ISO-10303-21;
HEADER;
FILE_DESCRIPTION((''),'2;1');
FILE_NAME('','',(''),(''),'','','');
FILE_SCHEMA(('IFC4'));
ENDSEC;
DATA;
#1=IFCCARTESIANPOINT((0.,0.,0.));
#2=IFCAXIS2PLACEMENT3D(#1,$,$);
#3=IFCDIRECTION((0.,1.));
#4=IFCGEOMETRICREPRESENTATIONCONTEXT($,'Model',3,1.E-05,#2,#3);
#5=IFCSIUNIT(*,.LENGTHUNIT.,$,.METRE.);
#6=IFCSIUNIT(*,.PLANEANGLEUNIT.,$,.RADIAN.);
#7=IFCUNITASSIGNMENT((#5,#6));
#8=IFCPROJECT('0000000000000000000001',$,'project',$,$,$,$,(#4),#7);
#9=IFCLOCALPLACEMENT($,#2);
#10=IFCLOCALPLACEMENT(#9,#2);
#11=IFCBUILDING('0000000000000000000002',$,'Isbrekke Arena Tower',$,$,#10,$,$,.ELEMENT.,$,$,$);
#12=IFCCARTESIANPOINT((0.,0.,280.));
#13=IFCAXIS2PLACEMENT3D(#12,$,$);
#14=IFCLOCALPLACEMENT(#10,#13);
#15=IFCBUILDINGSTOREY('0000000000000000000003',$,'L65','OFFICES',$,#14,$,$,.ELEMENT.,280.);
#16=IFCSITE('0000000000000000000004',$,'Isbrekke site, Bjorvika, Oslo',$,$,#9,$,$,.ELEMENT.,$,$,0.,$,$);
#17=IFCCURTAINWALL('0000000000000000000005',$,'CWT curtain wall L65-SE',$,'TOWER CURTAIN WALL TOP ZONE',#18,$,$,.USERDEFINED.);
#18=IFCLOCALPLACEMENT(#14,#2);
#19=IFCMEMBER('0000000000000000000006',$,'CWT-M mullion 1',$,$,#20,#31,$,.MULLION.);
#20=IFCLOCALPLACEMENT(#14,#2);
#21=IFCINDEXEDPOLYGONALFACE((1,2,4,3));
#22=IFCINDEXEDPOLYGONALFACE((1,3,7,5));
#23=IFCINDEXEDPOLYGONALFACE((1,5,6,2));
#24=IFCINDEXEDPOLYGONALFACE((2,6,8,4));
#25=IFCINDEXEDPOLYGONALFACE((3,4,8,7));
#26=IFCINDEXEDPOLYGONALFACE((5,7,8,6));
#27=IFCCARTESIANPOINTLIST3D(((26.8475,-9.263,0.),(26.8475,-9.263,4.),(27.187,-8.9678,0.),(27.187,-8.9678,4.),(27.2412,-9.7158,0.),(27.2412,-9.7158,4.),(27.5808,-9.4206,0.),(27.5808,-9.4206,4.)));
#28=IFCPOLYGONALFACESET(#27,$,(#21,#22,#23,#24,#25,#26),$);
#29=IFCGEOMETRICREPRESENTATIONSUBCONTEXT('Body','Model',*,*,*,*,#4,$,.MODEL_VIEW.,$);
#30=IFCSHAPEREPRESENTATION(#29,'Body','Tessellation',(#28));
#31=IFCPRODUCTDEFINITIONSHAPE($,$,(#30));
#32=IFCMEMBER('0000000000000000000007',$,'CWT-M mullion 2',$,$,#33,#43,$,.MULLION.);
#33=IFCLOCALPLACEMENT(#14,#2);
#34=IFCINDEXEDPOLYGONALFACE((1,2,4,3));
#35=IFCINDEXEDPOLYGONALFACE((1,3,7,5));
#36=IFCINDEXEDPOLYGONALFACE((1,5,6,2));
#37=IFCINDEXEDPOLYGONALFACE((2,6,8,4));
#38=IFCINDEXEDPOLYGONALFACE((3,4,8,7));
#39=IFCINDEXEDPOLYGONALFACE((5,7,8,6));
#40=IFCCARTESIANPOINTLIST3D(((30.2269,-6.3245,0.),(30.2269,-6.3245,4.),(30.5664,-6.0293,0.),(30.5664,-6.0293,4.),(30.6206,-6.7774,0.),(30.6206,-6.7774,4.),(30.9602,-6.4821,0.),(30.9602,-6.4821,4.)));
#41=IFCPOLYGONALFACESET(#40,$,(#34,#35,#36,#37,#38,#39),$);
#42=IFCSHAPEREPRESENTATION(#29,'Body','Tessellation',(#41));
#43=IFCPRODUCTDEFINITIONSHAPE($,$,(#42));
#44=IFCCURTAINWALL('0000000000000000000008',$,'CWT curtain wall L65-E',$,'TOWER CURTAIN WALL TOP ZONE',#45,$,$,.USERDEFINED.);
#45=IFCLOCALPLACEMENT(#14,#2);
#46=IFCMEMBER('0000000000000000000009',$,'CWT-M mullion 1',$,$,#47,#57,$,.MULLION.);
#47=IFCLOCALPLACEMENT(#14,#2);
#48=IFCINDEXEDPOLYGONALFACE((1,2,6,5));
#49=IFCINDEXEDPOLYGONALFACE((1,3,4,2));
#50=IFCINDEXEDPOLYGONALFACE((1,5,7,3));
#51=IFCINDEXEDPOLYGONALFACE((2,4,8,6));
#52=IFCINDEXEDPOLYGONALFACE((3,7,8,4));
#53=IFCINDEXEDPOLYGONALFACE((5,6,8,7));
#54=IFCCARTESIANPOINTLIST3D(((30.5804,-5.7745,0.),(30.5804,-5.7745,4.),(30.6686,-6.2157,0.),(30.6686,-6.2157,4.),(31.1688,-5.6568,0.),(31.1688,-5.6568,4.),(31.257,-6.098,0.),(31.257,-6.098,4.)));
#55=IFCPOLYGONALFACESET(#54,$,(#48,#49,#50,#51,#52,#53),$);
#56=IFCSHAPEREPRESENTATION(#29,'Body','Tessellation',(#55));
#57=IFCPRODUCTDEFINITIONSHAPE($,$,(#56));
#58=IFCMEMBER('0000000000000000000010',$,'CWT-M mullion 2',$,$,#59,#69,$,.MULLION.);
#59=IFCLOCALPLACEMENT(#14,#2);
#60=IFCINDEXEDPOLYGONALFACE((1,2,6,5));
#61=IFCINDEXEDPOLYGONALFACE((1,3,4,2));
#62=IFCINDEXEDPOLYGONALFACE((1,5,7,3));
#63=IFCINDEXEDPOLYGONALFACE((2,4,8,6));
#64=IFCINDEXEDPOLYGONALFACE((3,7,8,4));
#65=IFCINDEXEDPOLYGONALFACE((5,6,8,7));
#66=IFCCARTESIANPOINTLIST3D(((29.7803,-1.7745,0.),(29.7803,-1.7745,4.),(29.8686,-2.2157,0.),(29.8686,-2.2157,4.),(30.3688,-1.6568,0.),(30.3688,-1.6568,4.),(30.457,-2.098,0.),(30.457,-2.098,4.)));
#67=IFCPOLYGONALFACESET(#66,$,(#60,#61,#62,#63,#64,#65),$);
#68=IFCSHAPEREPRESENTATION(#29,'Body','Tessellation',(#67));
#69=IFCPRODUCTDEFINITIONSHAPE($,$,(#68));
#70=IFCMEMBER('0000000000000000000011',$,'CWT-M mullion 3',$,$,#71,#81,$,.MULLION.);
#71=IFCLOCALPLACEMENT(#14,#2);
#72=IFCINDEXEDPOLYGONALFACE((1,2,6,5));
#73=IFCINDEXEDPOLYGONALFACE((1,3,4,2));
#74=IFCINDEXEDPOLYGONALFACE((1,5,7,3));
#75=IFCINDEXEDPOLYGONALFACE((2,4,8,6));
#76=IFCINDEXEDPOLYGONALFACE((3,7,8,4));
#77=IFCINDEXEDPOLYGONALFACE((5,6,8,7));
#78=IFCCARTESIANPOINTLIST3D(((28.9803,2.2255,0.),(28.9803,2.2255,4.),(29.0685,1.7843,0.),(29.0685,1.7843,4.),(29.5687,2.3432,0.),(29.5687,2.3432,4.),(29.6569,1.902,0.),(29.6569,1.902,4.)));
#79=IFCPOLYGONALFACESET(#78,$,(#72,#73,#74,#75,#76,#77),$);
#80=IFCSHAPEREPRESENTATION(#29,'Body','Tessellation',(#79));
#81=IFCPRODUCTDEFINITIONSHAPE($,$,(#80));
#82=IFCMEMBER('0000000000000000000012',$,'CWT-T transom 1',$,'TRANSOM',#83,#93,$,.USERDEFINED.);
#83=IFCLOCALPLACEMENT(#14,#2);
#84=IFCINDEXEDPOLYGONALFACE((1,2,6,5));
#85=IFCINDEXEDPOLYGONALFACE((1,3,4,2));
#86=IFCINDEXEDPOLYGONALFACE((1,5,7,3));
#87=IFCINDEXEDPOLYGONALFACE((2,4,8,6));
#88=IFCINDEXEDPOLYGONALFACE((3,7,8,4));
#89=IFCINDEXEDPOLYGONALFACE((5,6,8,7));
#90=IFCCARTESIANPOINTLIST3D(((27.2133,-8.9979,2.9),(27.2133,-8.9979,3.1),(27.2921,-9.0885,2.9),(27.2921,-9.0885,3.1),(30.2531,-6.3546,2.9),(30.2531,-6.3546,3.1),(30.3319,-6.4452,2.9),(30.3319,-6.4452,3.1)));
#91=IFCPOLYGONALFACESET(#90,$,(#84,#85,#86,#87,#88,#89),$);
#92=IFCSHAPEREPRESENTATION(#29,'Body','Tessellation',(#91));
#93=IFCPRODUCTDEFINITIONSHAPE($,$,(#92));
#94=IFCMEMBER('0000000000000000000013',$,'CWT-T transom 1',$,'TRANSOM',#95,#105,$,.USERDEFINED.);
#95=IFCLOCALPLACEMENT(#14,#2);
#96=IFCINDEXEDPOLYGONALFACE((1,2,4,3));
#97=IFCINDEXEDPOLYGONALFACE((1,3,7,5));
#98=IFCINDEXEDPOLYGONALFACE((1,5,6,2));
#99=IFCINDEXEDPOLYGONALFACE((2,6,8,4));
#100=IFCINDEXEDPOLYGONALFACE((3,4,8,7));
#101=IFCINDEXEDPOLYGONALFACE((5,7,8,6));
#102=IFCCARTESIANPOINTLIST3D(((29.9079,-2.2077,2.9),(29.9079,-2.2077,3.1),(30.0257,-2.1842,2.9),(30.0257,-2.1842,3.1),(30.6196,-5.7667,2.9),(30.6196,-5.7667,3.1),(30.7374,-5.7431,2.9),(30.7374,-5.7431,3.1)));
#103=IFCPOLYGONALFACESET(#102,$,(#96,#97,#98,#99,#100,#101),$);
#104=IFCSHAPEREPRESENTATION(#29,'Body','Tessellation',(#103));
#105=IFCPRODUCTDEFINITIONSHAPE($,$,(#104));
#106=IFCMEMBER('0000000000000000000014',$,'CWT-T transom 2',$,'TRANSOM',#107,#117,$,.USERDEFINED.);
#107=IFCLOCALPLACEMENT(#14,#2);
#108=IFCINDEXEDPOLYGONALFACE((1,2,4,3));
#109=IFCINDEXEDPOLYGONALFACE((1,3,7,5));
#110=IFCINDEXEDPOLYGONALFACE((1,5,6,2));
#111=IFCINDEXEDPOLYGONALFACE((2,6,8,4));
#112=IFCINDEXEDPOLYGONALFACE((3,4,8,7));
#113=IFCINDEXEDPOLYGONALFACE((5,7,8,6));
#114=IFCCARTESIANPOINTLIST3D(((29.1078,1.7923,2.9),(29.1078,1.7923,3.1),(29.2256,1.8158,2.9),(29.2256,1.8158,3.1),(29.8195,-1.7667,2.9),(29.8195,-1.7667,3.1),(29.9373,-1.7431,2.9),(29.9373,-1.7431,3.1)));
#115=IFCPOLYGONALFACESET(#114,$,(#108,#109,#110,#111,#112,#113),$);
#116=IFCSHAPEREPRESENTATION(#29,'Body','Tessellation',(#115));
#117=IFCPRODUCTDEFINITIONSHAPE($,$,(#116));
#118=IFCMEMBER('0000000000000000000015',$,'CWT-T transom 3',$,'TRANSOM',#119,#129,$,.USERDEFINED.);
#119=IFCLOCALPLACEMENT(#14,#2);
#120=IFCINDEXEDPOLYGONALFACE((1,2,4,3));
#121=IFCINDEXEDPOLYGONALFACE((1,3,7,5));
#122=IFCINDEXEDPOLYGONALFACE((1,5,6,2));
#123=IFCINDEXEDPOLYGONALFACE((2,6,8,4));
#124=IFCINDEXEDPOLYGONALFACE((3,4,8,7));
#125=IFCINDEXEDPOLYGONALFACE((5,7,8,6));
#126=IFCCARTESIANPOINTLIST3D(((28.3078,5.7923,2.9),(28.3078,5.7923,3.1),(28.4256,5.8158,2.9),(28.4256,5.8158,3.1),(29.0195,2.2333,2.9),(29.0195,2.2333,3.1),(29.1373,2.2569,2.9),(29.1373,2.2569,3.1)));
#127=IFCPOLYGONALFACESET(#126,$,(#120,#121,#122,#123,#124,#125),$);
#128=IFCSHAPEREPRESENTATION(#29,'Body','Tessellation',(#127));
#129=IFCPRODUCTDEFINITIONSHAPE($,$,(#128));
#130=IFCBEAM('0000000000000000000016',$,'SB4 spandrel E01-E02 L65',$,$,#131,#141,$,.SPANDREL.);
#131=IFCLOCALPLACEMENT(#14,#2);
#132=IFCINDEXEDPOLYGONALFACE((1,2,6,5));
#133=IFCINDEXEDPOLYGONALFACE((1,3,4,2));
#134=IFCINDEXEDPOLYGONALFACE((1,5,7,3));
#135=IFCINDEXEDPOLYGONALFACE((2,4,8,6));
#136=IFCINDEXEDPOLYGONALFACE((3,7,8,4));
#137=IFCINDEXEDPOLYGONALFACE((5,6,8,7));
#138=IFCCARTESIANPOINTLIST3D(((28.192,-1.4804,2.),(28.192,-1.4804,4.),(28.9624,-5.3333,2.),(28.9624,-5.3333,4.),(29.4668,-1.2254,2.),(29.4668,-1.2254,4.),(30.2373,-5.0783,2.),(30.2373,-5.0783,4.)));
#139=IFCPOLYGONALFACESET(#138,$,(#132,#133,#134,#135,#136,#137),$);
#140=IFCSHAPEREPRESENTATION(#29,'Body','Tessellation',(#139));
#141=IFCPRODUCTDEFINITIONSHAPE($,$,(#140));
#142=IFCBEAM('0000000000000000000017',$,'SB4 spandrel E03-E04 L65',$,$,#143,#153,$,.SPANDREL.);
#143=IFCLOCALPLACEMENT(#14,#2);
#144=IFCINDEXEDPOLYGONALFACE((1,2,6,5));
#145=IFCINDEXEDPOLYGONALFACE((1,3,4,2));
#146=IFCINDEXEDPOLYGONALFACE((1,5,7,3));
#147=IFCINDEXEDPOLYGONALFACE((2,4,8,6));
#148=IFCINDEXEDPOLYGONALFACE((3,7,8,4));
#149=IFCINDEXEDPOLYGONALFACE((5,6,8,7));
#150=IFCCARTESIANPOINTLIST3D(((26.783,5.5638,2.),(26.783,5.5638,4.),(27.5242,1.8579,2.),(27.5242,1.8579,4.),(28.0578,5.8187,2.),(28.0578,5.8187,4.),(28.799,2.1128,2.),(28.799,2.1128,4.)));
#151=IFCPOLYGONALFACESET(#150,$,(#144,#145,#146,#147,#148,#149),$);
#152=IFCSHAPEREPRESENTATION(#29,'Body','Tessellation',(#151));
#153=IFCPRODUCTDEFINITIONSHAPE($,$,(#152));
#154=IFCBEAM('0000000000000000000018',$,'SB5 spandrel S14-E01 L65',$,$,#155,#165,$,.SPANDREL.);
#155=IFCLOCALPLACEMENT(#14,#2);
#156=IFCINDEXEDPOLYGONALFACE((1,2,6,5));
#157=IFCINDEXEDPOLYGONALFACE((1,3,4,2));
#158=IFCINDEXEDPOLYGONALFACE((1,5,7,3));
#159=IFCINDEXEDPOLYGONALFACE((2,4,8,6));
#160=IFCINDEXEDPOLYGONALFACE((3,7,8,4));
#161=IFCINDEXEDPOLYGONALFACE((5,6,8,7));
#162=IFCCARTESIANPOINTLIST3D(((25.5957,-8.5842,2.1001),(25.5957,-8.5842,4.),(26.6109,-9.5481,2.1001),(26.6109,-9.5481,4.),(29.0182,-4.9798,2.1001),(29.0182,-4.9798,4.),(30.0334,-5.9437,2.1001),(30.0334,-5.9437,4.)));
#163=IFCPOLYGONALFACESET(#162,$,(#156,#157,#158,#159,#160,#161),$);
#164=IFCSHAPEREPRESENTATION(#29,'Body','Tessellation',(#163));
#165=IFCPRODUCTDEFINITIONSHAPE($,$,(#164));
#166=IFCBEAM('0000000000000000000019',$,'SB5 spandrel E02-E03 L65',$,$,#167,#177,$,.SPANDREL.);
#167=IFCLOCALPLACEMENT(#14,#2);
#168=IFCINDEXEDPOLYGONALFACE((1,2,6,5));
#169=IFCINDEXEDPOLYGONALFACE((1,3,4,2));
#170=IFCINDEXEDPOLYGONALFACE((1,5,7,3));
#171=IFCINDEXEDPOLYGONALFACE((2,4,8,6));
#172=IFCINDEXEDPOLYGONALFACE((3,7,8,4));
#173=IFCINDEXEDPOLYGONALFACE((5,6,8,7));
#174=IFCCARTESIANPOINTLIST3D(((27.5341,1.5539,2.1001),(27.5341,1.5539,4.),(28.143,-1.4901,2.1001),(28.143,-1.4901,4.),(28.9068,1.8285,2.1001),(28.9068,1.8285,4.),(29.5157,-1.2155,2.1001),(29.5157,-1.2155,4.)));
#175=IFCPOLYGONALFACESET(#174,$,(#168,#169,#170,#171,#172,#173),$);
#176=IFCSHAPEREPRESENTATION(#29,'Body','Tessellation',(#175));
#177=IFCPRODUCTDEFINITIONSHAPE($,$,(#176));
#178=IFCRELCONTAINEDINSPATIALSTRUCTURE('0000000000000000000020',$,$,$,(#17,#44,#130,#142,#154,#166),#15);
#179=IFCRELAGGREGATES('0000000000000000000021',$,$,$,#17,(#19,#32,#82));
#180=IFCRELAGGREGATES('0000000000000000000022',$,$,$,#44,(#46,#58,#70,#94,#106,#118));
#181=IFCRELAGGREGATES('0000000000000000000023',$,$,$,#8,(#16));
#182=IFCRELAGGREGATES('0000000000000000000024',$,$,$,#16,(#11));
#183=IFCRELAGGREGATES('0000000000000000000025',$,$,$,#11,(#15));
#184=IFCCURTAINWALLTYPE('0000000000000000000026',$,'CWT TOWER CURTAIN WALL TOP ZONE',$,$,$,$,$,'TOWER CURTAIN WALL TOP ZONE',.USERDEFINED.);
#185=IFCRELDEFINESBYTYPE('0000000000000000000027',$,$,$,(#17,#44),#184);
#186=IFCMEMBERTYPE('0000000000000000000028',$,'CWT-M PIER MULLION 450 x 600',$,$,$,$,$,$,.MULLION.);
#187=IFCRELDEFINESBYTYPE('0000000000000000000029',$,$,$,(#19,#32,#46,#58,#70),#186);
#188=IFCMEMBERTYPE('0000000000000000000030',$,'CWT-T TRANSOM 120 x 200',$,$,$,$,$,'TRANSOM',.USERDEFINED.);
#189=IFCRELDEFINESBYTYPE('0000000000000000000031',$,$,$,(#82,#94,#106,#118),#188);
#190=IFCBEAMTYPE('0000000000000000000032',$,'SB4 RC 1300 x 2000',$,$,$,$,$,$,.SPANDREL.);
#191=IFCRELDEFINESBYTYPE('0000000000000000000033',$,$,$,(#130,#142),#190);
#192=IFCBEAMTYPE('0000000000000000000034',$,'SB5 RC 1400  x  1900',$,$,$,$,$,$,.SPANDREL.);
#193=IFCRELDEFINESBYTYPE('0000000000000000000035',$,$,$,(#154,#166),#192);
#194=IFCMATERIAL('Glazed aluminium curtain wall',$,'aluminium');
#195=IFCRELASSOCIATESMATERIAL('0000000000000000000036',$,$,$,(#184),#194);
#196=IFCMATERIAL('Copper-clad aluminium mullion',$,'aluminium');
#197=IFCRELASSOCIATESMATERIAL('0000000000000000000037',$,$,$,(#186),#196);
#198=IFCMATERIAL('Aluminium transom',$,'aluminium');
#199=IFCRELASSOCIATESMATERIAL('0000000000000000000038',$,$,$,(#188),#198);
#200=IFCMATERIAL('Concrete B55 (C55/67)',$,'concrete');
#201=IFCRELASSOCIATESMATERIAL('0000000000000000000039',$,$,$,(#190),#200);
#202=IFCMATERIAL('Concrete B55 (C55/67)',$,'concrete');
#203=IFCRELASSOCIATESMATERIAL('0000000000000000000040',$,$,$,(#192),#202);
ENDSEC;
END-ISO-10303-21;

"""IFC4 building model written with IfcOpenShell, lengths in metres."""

from ifc_helpers import new_model, si_unit, direction, frame, origin, origin_2d, place, context, subcontext, project, spatial, rectangle, extrude, material, material_profile, profile_set, type_object, element, aggregate, save


model = new_model("IFC4")

# Units and contexts
model_context = context("Model", 3, precision=1e-05, world=origin(), true_north=direction((0.0, 1.0)))
body_context = subcontext(model_context, "Body", "Model", "MODEL_VIEW")
ifc_project = project(units=[si_unit("LENGTHUNIT", "METRE"), si_unit("PLANEANGLEUNIT", "RADIAN")], contexts=[model_context])

# Site, building, storey
site_placement = place(None, origin())
site = spatial("IfcSite", under=ifc_project, at=site_placement, Name="Isbrekke site, Bjorvika, Oslo", CompositionType="ELEMENT", RefElevation=0.0)
building_placement = place(site_placement, origin())
building = spatial("IfcBuilding", under=site, at=building_placement, Name="Isbrekke Arena Tower", CompositionType="ELEMENT")
storey_placement = place(building_placement, frame((0.0, 0.0, 280.0)))
storey = spatial("IfcBuildingStorey", under=building, at=storey_placement, Name="L65", Description="OFFICES", CompositionType="ELEMENT", Elevation=280.0)

# Curtain walls, members
ifc_material_1 = material(Name="Glazed aluminium curtain wall", Category="aluminium")
curtain_wall_type = type_object("IfcCurtainWallType", Name="CWT TOWER CURTAIN WALL TOP ZONE", ElementType="TOWER CURTAIN WALL TOP ZONE", PredefinedType="USERDEFINED", material=ifc_material_1)
curtain_wall_1_placement = place(storey_placement, origin())
curtain_wall_1 = element("IfcCurtainWall", 1, at=curtain_wall_1_placement, inside=storey, type_object=curtain_wall_type, Name="CWT curtain wall L65-SE", ObjectType="TOWER CURTAIN WALL TOP ZONE", PredefinedType="USERDEFINED")
ifc_material_2 = material(Name="Copper-clad aluminium mullion", Category="aluminium")
ifc_material_profile_1 = material_profile(ifc_material_2, rectangle(XDim=0.45, YDim=0.6001, at=origin_2d()), Name="PIER 450X600")
ifc_profile_set_1 = profile_set([ifc_material_profile_1], Name="Copper-clad aluminium mullion")
member_type_1 = type_object("IfcMemberType", Name="CWT-M PIER MULLION 450 x 600", PredefinedType="MULLION", material=ifc_profile_set_1)
member_1_placement = place(storey_placement, frame((27.2141, -9.3418, 0.0), z_axis=(0.0, 0.0, 1.0), x_axis=(0.754606, 0.656179, 0.0)))
member_1 = element("IfcMember", 2, at=member_1_placement, type_object=member_type_1, Name="CWT-M mullion 1", PredefinedType="MULLION", context=body_context, shape_type="SweptSolid", body=[
    extrude(rectangle(XDim=0.45, YDim=0.6001, at=origin_2d()), origin(), (0.0, 0.0, 1.0), 4.0),
])
member_2_placement = place(storey_placement, frame((30.5935, -6.4033, 0.0), z_axis=(0.0, 0.0, 1.0), x_axis=(0.754606, 0.656179, 0.0)))
member_2 = element("IfcMember", 3, at=member_2_placement, type_object=member_type_1, Name="CWT-M mullion 2", PredefinedType="MULLION", context=body_context, shape_type="SweptSolid", body=[
    extrude(rectangle(XDim=0.45, YDim=0.6001, at=origin_2d()), origin(), (0.0, 0.0, 1.0), 4.0),
])
curtain_wall_2_placement = place(storey_placement, origin())
curtain_wall_2 = element("IfcCurtainWall", 4, at=curtain_wall_2_placement, inside=storey, type_object=curtain_wall_type, Name="CWT curtain wall L65-E", ObjectType="TOWER CURTAIN WALL TOP ZONE", PredefinedType="USERDEFINED")
member_3_placement = place(storey_placement, frame((30.9187, -5.9363, 0.0), z_axis=(0.0, 0.0, 1.0), x_axis=(-0.196116, 0.980581, 0.0)))
member_3 = element("IfcMember", 5, at=member_3_placement, type_object=member_type_1, Name="CWT-M mullion 1", PredefinedType="MULLION", context=body_context, shape_type="SweptSolid", body=[
    extrude(rectangle(XDim=0.45, YDim=0.6001, at=origin_2d()), origin(), (0.0, 0.0, 1.0), 4.0),
])
member_4_placement = place(storey_placement, frame((30.1187, -1.9363, 0.0), z_axis=(0.0, 0.0, 1.0), x_axis=(-0.196116, 0.980581, 0.0)))
member_4 = element("IfcMember", 6, at=member_4_placement, type_object=member_type_1, Name="CWT-M mullion 2", PredefinedType="MULLION", context=body_context, shape_type="SweptSolid", body=[
    extrude(rectangle(XDim=0.45, YDim=0.6001, at=origin_2d()), origin(), (0.0, 0.0, 1.0), 4.0),
])
member_5_placement = place(storey_placement, frame((29.3186, 2.0637, 0.0), z_axis=(0.0, 0.0, 1.0), x_axis=(-0.196116, 0.980581, 0.0)))
member_5 = element("IfcMember", 7, at=member_5_placement, type_object=member_type_1, Name="CWT-M mullion 3", PredefinedType="MULLION", context=body_context, shape_type="SweptSolid", body=[
    extrude(rectangle(XDim=0.45, YDim=0.6001, at=origin_2d()), origin(), (0.0, 0.0, 1.0), 4.0),
])

# Members
ifc_material_3 = material(Name="Aluminium transom", Category="aluminium")
ifc_material_profile_2 = material_profile(ifc_material_3, rectangle(XDim=0.1201, YDim=0.2, at=origin_2d()), Name="TRANSOM 120X200")
ifc_profile_set_2 = profile_set([ifc_material_profile_2], Name="Aluminium transom")
member_type_2 = type_object("IfcMemberType", Name="CWT-T TRANSOM 120 x 200", ElementType="TRANSOM", PredefinedType="USERDEFINED", material=ifc_profile_set_2)
member_6_placement = place(storey_placement, frame((27.2527, -9.0432, 3.0), z_axis=(0.754604, 0.65618, 0.0), x_axis=(-0.65618, 0.754604, 0.0)))
member_6 = element("IfcMember", 8, at=member_6_placement, type_object=member_type_2, Name="CWT-T transom 1", ObjectType="TRANSOM", PredefinedType="USERDEFINED", context=body_context, shape_type="SweptSolid", body=[
    extrude(rectangle(XDim=0.1201, YDim=0.2, at=origin_2d()), origin(), (0.0, 0.0, 1.0), 4.0283),
])
member_7_placement = place(storey_placement, frame((30.6785, -5.7549, 3.0), z_axis=(-0.19609, 0.980586, 0.0), x_axis=(-0.980586, -0.19609, 0.0)))
member_7 = element("IfcMember", 9, at=member_7_placement, type_object=member_type_2, Name="CWT-T transom 1", ObjectType="TRANSOM", PredefinedType="USERDEFINED", context=body_context, shape_type="SweptSolid", body=[
    extrude(rectangle(XDim=0.1201, YDim=0.2, at=origin_2d()), origin(), (0.0, 0.0, 1.0), 3.6294),
])
member_8_placement = place(storey_placement, frame((29.8784, -1.7549, 3.0), z_axis=(-0.19609, 0.980586, 0.0), x_axis=(-0.980586, -0.19609, 0.0)))
member_8 = element("IfcMember", 10, at=member_8_placement, type_object=member_type_2, Name="CWT-T transom 2", ObjectType="TRANSOM", PredefinedType="USERDEFINED", context=body_context, shape_type="SweptSolid", body=[
    extrude(rectangle(XDim=0.1201, YDim=0.2, at=origin_2d()), origin(), (0.0, 0.0, 1.0), 3.6294),
])
member_9_placement = place(storey_placement, frame((29.0784, 2.2451, 3.0), z_axis=(-0.19609, 0.980586, 0.0), x_axis=(-0.980586, -0.19609, 0.0)))
member_9 = element("IfcMember", 11, at=member_9_placement, type_object=member_type_2, Name="CWT-T transom 3", ObjectType="TRANSOM", PredefinedType="USERDEFINED", context=body_context, shape_type="SweptSolid", body=[
    extrude(rectangle(XDim=0.1201, YDim=0.2, at=origin_2d()), origin(), (0.0, 0.0, 1.0), 3.6294),
])

# Beams
ifc_material_4 = material(Name="Concrete B55 (C55/67)", Category="concrete")
ifc_material_profile_3 = material_profile(ifc_material_4, rectangle(XDim=1.3, YDim=2.0, at=origin_2d()), Name="RC 1300x2000")
ifc_profile_set_3 = profile_set([ifc_material_profile_3], Name="Concrete B55 (C55/67)")
beam_type_1 = type_object("IfcBeamType", Name="SB4 RC 1300 x 2000", PredefinedType="SPANDREL", material=ifc_profile_set_3)
beam_1_placement = place(storey_placement, frame((29.5999, -5.2058, 3.0), z_axis=(-0.196092, 0.980585, 0.0), x_axis=(-0.980585, -0.196092, 0.0)))
element("IfcBeam", 12, at=beam_1_placement, inside=storey, type_object=beam_type_1, Name="SB4 spandrel E01-E02 L65", PredefinedType="SPANDREL", context=body_context, shape_type="SweptSolid", body=[
    extrude(rectangle(XDim=1.3, YDim=2.0, at=origin_2d()), origin(), (0.0, 0.0, 1.0), 3.9292),
])
beam_2_placement = place(storey_placement, frame((28.1616, 1.9854, 3.0), z_axis=(-0.196129, 0.980578, 0.0), x_axis=(-0.980578, -0.196129, 0.0)))
element("IfcBeam", 13, at=beam_2_placement, inside=storey, type_object=beam_type_1, Name="SB4 spandrel E03-E04 L65", PredefinedType="SPANDREL", context=body_context, shape_type="SweptSolid", body=[
    extrude(rectangle(XDim=1.3, YDim=2.0, at=origin_2d()), origin(), (0.0, 0.0, 1.0), 3.7793),
])
ifc_material_5 = material(Name="Concrete B55 (C55/67)", Category="concrete")
ifc_material_profile_4 = material_profile(ifc_material_5, rectangle(XDim=1.3999, YDim=1.8999, at=origin_2d()), Name="RC 1400 x 1900")
ifc_profile_set_4 = profile_set([ifc_material_profile_4], Name="Concrete B55 (C55/67)")
beam_type_2 = type_object("IfcBeamType", Name="SB5 RC 1400  x  1900", PredefinedType="SPANDREL", material=ifc_profile_set_4)
beam_3_placement = place(storey_placement, frame((26.1033, -9.0662, 3.05), z_axis=(0.688574, 0.725166, 0.0), x_axis=(-0.725166, 0.688574, 0.0)))
element("IfcBeam", 14, at=beam_3_placement, inside=storey, type_object=beam_type_2, Name="SB5 spandrel S14-E01 L65", PredefinedType="SPANDREL", context=body_context, shape_type="SweptSolid", body=[
    extrude(rectangle(XDim=1.3999, YDim=1.8999, at=origin_2d()), origin(), (0.0, 0.0, 1.0), 4.9705),
])
beam_4_placement = place(storey_placement, frame((28.8293, -1.3528, 3.05), z_axis=(-0.196146, 0.980575, 0.0), x_axis=(-0.980575, -0.196146, 0.0)))
element("IfcBeam", 15, at=beam_4_placement, inside=storey, type_object=beam_type_2, Name="SB5 spandrel E02-E03 L65", PredefinedType="SPANDREL", context=body_context, shape_type="SweptSolid", body=[
    extrude(rectangle(XDim=1.3999, YDim=1.8999, at=origin_2d()), origin(), (0.0, 0.0, 1.0), 3.1042),
])

aggregate(curtain_wall_1, [member_1, member_2, member_6])
aggregate(curtain_wall_2, [member_3, member_4, member_5, member_7, member_8, member_9])

save(model, "model.ifc")
